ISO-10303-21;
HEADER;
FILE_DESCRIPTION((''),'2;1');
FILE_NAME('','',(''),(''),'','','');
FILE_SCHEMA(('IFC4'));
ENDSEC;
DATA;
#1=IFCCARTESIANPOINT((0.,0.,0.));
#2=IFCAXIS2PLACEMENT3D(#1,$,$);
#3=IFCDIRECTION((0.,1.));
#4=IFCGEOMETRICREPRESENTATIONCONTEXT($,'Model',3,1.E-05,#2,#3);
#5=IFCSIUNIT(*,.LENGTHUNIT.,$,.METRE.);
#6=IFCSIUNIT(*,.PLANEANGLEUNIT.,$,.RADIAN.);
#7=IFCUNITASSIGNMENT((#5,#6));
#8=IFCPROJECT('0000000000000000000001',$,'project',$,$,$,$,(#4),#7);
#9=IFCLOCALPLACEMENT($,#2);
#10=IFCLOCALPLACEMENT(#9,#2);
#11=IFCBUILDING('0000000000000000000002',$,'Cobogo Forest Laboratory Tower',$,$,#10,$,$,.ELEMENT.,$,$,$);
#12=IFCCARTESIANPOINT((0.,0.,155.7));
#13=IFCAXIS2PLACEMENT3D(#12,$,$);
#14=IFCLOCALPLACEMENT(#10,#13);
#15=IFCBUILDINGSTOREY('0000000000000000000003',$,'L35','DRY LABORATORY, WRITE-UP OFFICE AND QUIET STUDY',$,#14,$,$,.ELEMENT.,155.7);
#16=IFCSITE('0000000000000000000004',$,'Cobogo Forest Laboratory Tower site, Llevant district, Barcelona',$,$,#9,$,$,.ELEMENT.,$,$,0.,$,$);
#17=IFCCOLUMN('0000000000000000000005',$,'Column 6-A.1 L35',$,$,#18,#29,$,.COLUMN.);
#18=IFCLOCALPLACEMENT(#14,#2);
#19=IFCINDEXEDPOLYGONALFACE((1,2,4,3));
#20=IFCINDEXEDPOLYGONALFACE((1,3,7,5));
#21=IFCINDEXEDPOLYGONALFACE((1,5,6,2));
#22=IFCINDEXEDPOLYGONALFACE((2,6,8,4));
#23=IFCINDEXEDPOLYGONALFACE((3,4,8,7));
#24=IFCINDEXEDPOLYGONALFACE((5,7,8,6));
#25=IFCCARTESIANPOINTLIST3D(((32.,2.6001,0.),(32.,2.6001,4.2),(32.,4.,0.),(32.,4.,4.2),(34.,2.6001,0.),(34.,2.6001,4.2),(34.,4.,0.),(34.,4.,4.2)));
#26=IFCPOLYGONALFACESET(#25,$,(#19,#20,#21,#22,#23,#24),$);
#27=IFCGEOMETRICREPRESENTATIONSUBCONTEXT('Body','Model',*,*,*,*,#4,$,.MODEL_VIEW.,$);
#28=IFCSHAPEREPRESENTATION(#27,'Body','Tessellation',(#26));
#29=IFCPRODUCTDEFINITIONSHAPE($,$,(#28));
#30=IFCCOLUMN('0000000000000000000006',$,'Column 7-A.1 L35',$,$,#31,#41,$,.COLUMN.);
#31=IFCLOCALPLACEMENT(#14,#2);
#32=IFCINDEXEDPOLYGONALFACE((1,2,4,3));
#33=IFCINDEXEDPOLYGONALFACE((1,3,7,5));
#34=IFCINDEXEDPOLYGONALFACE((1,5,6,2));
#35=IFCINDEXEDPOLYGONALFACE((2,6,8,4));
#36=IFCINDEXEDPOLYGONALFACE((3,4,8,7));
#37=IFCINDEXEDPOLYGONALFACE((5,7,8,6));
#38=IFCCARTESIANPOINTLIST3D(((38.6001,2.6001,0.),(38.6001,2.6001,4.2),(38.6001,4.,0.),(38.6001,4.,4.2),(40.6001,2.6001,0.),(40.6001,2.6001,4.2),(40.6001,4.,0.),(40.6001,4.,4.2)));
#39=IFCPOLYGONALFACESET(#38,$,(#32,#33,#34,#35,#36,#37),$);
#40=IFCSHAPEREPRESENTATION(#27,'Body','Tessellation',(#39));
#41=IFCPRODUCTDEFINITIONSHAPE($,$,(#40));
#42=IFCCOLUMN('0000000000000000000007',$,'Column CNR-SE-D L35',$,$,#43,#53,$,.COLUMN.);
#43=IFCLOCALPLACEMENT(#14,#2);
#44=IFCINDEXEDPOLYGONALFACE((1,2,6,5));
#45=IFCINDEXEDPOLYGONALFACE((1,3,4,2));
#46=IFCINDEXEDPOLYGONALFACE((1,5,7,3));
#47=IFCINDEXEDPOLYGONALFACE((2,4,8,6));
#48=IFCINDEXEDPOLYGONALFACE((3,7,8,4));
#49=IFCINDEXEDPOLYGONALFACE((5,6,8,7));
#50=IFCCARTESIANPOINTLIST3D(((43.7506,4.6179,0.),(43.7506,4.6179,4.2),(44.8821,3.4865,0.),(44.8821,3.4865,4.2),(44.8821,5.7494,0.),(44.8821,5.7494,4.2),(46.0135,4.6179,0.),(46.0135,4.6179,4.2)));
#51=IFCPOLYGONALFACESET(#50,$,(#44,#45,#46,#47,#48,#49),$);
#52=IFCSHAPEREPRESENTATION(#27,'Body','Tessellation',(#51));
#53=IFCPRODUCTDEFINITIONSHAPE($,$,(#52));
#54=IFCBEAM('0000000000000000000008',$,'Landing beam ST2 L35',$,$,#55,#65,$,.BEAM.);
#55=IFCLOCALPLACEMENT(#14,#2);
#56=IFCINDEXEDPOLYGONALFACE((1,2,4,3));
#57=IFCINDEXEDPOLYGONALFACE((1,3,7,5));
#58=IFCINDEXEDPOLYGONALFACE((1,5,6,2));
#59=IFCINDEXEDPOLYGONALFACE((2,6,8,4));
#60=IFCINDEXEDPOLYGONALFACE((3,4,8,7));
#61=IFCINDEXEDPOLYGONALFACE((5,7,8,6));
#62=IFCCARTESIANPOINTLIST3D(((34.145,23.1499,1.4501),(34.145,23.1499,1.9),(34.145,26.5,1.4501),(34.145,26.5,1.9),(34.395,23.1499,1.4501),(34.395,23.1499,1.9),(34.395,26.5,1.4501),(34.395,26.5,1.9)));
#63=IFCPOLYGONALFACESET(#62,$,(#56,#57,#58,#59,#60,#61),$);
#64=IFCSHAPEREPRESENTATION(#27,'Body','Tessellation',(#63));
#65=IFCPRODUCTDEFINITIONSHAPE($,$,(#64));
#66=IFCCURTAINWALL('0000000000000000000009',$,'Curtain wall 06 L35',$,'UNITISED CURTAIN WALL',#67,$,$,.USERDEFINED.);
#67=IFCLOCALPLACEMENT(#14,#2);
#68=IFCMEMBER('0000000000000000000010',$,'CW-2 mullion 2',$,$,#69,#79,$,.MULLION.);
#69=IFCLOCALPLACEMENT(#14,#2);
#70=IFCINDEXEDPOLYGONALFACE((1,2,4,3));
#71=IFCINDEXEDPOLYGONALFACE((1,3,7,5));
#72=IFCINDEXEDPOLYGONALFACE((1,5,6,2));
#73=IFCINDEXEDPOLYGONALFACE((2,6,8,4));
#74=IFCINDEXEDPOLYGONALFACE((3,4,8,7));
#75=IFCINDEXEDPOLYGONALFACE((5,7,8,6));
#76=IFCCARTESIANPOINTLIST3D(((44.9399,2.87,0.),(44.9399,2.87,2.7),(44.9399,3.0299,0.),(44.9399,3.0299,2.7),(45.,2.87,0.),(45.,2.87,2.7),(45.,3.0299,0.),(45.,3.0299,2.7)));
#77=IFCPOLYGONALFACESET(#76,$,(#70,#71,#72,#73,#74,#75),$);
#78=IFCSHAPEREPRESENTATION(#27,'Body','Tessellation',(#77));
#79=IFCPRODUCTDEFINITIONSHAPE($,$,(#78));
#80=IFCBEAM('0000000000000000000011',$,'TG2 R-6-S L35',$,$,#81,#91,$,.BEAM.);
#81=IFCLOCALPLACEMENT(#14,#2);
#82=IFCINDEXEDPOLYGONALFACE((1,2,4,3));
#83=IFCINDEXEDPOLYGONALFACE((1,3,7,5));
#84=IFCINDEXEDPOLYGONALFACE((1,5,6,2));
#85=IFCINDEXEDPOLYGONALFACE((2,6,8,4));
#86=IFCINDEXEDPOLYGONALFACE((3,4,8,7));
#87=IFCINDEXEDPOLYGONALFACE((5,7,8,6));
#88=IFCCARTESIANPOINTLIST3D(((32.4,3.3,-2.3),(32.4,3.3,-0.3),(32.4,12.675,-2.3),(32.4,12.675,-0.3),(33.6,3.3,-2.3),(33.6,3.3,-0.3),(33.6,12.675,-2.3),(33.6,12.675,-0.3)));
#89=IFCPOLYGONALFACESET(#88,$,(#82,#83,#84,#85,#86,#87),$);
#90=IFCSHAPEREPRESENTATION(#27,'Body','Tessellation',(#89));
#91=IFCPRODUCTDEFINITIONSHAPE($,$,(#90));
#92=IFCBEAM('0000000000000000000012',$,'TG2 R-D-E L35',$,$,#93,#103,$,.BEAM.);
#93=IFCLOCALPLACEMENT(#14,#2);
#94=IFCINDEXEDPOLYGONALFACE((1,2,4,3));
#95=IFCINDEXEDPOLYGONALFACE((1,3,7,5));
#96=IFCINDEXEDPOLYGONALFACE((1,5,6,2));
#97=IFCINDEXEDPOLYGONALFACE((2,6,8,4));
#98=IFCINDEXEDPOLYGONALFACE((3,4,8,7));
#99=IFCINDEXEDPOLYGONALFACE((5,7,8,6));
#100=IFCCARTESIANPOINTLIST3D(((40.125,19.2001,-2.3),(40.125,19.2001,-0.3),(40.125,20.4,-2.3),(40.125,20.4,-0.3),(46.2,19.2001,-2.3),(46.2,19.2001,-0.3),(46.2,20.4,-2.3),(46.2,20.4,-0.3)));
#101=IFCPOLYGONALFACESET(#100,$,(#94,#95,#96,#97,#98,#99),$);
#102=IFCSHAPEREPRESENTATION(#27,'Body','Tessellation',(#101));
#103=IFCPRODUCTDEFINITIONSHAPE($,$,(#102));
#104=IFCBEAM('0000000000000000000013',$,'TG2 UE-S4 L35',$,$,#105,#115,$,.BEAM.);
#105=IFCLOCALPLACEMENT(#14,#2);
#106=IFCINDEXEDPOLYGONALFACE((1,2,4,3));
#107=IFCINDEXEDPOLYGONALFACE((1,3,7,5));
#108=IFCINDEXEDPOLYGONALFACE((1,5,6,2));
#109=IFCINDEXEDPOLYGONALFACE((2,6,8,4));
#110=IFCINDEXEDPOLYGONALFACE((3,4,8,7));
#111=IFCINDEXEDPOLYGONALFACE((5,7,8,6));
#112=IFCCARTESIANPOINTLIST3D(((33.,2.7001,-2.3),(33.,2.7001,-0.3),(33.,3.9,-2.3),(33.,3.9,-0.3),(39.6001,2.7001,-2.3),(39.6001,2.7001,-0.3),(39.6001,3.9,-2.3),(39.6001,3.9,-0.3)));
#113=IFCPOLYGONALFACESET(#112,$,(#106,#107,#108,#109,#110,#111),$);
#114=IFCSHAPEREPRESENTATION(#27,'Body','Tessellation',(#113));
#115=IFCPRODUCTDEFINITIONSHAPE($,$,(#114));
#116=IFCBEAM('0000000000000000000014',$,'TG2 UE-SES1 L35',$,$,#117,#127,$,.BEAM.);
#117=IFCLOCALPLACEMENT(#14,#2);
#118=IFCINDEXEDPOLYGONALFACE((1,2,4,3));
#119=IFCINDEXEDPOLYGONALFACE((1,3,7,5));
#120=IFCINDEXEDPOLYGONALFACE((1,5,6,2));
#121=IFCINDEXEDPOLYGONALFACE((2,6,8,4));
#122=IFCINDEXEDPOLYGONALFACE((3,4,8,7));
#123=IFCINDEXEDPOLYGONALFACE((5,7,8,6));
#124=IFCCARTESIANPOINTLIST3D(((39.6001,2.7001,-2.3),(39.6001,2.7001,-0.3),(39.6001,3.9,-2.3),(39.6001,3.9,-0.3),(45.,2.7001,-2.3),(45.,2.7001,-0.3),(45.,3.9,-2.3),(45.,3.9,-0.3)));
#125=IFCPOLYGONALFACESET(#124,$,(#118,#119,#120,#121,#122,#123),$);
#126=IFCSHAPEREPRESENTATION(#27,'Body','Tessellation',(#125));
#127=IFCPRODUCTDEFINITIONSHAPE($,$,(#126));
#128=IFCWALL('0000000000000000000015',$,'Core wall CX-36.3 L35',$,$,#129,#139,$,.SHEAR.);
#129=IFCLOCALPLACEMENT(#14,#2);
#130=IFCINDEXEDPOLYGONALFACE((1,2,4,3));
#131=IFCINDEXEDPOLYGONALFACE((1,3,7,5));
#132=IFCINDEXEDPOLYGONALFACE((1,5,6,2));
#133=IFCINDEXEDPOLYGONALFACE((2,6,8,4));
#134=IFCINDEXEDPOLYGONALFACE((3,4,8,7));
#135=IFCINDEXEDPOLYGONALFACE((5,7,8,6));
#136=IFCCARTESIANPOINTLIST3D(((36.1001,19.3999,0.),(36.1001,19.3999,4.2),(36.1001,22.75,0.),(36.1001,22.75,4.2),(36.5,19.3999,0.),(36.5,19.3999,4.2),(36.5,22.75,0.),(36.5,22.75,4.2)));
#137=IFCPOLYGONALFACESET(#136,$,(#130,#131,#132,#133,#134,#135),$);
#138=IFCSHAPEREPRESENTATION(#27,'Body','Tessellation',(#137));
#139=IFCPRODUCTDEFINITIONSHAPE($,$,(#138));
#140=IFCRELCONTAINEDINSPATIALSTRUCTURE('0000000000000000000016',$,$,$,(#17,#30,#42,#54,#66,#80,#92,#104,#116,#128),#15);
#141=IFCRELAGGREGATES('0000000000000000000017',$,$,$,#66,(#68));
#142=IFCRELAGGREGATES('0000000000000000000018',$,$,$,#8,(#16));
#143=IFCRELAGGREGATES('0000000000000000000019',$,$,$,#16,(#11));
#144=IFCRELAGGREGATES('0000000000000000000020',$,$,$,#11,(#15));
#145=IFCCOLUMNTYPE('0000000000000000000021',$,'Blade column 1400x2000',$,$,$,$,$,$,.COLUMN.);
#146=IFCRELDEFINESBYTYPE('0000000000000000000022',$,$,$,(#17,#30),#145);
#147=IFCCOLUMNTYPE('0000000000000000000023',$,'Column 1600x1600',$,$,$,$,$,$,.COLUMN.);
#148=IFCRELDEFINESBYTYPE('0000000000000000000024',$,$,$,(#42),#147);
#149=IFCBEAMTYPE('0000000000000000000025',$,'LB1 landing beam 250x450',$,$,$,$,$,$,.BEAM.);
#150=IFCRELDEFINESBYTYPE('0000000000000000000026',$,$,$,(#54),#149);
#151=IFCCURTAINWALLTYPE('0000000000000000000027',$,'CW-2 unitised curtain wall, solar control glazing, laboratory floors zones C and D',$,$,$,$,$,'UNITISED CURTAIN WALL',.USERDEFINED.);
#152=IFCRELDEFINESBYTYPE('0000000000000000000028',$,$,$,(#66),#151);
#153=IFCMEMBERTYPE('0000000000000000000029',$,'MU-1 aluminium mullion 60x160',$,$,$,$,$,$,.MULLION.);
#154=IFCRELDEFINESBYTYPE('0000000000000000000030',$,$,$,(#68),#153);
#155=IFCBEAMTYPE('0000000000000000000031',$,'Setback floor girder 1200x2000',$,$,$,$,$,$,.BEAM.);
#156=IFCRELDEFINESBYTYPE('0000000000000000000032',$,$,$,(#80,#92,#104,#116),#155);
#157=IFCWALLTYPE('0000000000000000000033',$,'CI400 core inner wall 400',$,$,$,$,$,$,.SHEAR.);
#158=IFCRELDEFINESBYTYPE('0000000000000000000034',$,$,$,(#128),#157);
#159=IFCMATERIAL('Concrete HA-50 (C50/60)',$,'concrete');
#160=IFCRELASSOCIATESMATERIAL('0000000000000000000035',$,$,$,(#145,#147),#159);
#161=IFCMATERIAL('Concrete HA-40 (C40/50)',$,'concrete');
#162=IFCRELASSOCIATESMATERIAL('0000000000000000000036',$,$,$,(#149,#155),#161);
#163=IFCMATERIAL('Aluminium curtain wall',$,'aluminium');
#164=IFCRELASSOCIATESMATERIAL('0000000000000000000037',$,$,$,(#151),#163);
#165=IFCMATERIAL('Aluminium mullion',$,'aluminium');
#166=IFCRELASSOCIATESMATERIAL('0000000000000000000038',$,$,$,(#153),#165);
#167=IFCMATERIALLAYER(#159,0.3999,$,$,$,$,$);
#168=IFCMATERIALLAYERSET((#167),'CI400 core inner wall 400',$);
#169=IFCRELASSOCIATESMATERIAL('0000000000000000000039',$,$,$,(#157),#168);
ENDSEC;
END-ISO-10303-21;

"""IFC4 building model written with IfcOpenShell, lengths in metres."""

from ifc_helpers import new_model, si_unit, direction, frame, frame_2d, origin, origin_2d, place, context, subcontext, project, spatial, rectangle, extrude, material, layer, layer_set, material_profile, profile_set, type_object, element, aggregate, save


model = new_model("IFC4")

# Units and contexts
model_context = context("Model", 3, precision=1e-05, world=origin(), true_north=direction((0.0, 1.0)))
body_context = subcontext(model_context, "Body", "Model", "MODEL_VIEW")
ifc_project = project(units=[si_unit("LENGTHUNIT", "METRE"), si_unit("PLANEANGLEUNIT", "RADIAN")], contexts=[model_context])

# Site, building, storey
site_placement = place(None, origin())
site = spatial("IfcSite", under=ifc_project, at=site_placement, Name="Cobogo Forest Laboratory Tower site, Llevant district, Barcelona", CompositionType="ELEMENT", RefElevation=0.0)
building_placement = place(site_placement, origin())
building = spatial("IfcBuilding", under=site, at=building_placement, Name="Cobogo Forest Laboratory Tower", CompositionType="ELEMENT")
storey_placement = place(building_placement, frame((0.0, 0.0, 155.7)))
storey = spatial("IfcBuildingStorey", under=building, at=storey_placement, Name="L35", Description="DRY LABORATORY, WRITE-UP OFFICE AND QUIET STUDY", CompositionType="ELEMENT", Elevation=155.7)

# Columns
ifc_material_1 = material(Name="Concrete HA-50 (C50/60)", Category="concrete")
ifc_material_profile_1 = material_profile(ifc_material_1, rectangle(XDim=2.0, YDim=1.3999, at=origin_2d()), Name="RC 1400x2000")
ifc_profile_set_1 = profile_set([ifc_material_profile_1], Name="Concrete HA-50 (C50/60)")
column_type_1 = type_object("IfcColumnType", Name="Blade column 1400x2000", PredefinedType="COLUMN", material=ifc_profile_set_1)
for number, where, z_axis, x_axis, name in (
    (1, (33.0, 3.3, 0.0), (0.0, 0.0, 1.0), (1.0, 0.0, 0.0), "Column 6-A.1 L35"),
    (2, (39.6001, 3.3, 0.0), (0.0, 0.0, 1.0), (1.0, 0.0, 0.0), "Column 7-A.1 L35"),
):
    element("IfcColumn", number, at=place(storey_placement, frame(where, z_axis=z_axis, x_axis=x_axis)), inside=storey, type_object=column_type_1, Name=name, PredefinedType="COLUMN", context=body_context, shape_type="SweptSolid", body=[
        extrude(rectangle(XDim=2.0, YDim=1.3999, at=origin_2d()), origin(), (0.0, 0.0, 1.0), 4.2),
    ])
ifc_material_profile_2 = material_profile(ifc_material_1, rectangle(XDim=1.6001, YDim=1.6001, at=origin_2d()), Name="RC 1600x1600")
ifc_profile_set_2 = profile_set([ifc_material_profile_2], Name="Concrete HA-50 (C50/60)")
column_type_2 = type_object("IfcColumnType", Name="Column 1600x1600", PredefinedType="COLUMN", material=ifc_profile_set_2)
column_placement = place(storey_placement, frame((44.8821, 4.6179, 0.0), z_axis=(0.0, 0.0, 1.0), x_axis=(0.707107, 0.707107, 0.0)))
element("IfcColumn", 3, at=column_placement, inside=storey, type_object=column_type_2, Name="Column CNR-SE-D L35", PredefinedType="COLUMN", context=body_context, shape_type="SweptSolid", body=[
    extrude(rectangle(XDim=1.6001, YDim=1.6001, at=origin_2d()), origin(), (0.0, 0.0, 1.0), 4.2),
])

# Beam
ifc_material_2 = material(Name="Concrete HA-40 (C40/50)", Category="concrete")
ifc_material_profile_3 = material_profile(ifc_material_2, rectangle(XDim=0.25, YDim=0.45, at=origin_2d()), Name="RC 250x450")
ifc_profile_set_3 = profile_set([ifc_material_profile_3], Name="Concrete HA-40 (C40/50)")
beam_type_1 = type_object("IfcBeamType", Name="LB1 landing beam 250x450", PredefinedType="BEAM", material=ifc_profile_set_3)
beam_1_placement = place(storey_placement, frame((34.27, 23.1499, 1.675), z_axis=(0.0, 1.0, 0.0), x_axis=(-1.0, 0.0, 0.0)))
element("IfcBeam", 4, at=beam_1_placement, inside=storey, type_object=beam_type_1, Name="Landing beam ST2 L35", PredefinedType="BEAM", context=body_context, shape_type="SweptSolid", body=[
    extrude(rectangle(XDim=0.25, YDim=0.45, at=origin_2d()), origin(), (0.0, 0.0, 1.0), 3.3501),
])

# Curtain wall, member
ifc_material_3 = material(Name="Aluminium curtain wall", Category="aluminium")
curtain_wall_type = type_object("IfcCurtainWallType", Name="CW-2 unitised curtain wall, solar control glazing, laboratory floors zones C and D", ElementType="UNITISED CURTAIN WALL", PredefinedType="USERDEFINED", material=ifc_material_3)
curtain_wall_placement = place(storey_placement, origin())
curtain_wall = element("IfcCurtainWall", 5, at=curtain_wall_placement, inside=storey, type_object=curtain_wall_type, Name="Curtain wall 06 L35", ObjectType="UNITISED CURTAIN WALL", PredefinedType="USERDEFINED")
ifc_material_4 = material(Name="Aluminium mullion", Category="aluminium")
ifc_material_profile_4 = material_profile(ifc_material_4, rectangle(XDim=0.0601, YDim=0.1599, at=origin_2d()), Name="AL 60x160")
ifc_profile_set_4 = profile_set([ifc_material_profile_4], Name="Aluminium mullion")
member_type = type_object("IfcMemberType", Name="MU-1 aluminium mullion 60x160", PredefinedType="MULLION", material=ifc_profile_set_4)
member_placement = place(storey_placement, frame((44.97, 2.95, 0.0), z_axis=(0.0, 0.0, 1.0), x_axis=(1.0, 0.0, 0.0)))
member = element("IfcMember", 6, at=member_placement, type_object=member_type, Name="CW-2 mullion 2", PredefinedType="MULLION", context=body_context, shape_type="SweptSolid", body=[
    extrude(rectangle(XDim=0.0601, YDim=0.1599, at=origin_2d()), origin(), (0.0, 0.0, 1.0), 2.7),
])
aggregate(curtain_wall, [member])

# Beams
ifc_material_profile_5 = material_profile(ifc_material_2, rectangle(XDim=1.2, YDim=2.0, at=origin_2d()), Name="RC 1200x2000")
ifc_profile_set_5 = profile_set([ifc_material_profile_5], Name="Concrete HA-40 (C40/50)")
beam_type_2 = type_object("IfcBeamType", Name="Setback floor girder 1200x2000", PredefinedType="BEAM", material=ifc_profile_set_5)
beam_2_placement = place(storey_placement, frame((33.0, 12.675, -1.3), z_axis=(0.0, -1.0, 0.0), x_axis=(1.0, 0.0, 0.0)))
element("IfcBeam", 7, at=beam_2_placement, inside=storey, type_object=beam_type_2, Name="TG2 R-6-S L35", PredefinedType="BEAM", context=body_context, shape_type="SweptSolid", body=[
    extrude(rectangle(XDim=1.2, YDim=2.0, at=origin_2d()), origin(), (0.0, 0.0, 1.0), 9.375),
])
beam_3_placement = place(storey_placement, frame((40.125, 19.8, -1.3), z_axis=(1.0, 0.0, 0.0), x_axis=(0.0, 1.0, 0.0)))
element("IfcBeam", 8, at=beam_3_placement, inside=storey, type_object=beam_type_2, Name="TG2 R-D-E L35", PredefinedType="BEAM", context=body_context, shape_type="SweptSolid", body=[
    extrude(rectangle(XDim=1.2, YDim=2.0, at=origin_2d()), origin(), (0.0, 0.0, 1.0), 6.075),
])
beam_4_placement = place(storey_placement, frame((33.0, 3.3, -1.3), z_axis=(1.0, 0.0, 0.0), x_axis=(0.0, 1.0, 0.0)))
element("IfcBeam", 9, at=beam_4_placement, inside=storey, type_object=beam_type_2, Name="TG2 UE-S4 L35", PredefinedType="BEAM", context=body_context, shape_type="SweptSolid", body=[
    extrude(rectangle(XDim=1.2, YDim=2.0, at=origin_2d()), origin(), (0.0, 0.0, 1.0), 6.6001),
])
beam_5_placement = place(storey_placement, frame((39.6001, 3.3, -1.3), z_axis=(1.0, 0.0, 0.0), x_axis=(0.0, 1.0, 0.0)))
element("IfcBeam", 10, at=beam_5_placement, inside=storey, type_object=beam_type_2, Name="TG2 UE-SES1 L35", PredefinedType="BEAM", context=body_context, shape_type="SweptSolid", body=[
    extrude(rectangle(XDim=1.2, YDim=2.0, at=origin_2d()), origin(), (0.0, 0.0, 1.0), 5.3999),
])

# Wall
ifc_layer_1 = layer(ifc_material_1, 0.3999)
ifc_layer_set_1 = layer_set([ifc_layer_1], Name="CI400 core inner wall 400")
wall_type_1 = type_object("IfcWallType", Name="CI400 core inner wall 400", PredefinedType="SHEAR", material=ifc_layer_set_1)
wall_1_placement = place(storey_placement, frame((36.3, 19.3999, 0.0), z_axis=(0.0, 0.0, 1.0), x_axis=(0.0, 1.0, 0.0)))
element("IfcWall", 11, at=wall_1_placement, inside=storey, type_object=wall_type_1, Name="Core wall CX-36.3 L35", PredefinedType="SHEAR", context=body_context, shape_type="SweptSolid", body=[
    extrude(rectangle(XDim=3.3501, YDim=0.3999, at=frame_2d((1.675, 0.0))), origin(), (0.0, 0.0, 1.0), 4.2),
])

save(model, "model.ifc")
